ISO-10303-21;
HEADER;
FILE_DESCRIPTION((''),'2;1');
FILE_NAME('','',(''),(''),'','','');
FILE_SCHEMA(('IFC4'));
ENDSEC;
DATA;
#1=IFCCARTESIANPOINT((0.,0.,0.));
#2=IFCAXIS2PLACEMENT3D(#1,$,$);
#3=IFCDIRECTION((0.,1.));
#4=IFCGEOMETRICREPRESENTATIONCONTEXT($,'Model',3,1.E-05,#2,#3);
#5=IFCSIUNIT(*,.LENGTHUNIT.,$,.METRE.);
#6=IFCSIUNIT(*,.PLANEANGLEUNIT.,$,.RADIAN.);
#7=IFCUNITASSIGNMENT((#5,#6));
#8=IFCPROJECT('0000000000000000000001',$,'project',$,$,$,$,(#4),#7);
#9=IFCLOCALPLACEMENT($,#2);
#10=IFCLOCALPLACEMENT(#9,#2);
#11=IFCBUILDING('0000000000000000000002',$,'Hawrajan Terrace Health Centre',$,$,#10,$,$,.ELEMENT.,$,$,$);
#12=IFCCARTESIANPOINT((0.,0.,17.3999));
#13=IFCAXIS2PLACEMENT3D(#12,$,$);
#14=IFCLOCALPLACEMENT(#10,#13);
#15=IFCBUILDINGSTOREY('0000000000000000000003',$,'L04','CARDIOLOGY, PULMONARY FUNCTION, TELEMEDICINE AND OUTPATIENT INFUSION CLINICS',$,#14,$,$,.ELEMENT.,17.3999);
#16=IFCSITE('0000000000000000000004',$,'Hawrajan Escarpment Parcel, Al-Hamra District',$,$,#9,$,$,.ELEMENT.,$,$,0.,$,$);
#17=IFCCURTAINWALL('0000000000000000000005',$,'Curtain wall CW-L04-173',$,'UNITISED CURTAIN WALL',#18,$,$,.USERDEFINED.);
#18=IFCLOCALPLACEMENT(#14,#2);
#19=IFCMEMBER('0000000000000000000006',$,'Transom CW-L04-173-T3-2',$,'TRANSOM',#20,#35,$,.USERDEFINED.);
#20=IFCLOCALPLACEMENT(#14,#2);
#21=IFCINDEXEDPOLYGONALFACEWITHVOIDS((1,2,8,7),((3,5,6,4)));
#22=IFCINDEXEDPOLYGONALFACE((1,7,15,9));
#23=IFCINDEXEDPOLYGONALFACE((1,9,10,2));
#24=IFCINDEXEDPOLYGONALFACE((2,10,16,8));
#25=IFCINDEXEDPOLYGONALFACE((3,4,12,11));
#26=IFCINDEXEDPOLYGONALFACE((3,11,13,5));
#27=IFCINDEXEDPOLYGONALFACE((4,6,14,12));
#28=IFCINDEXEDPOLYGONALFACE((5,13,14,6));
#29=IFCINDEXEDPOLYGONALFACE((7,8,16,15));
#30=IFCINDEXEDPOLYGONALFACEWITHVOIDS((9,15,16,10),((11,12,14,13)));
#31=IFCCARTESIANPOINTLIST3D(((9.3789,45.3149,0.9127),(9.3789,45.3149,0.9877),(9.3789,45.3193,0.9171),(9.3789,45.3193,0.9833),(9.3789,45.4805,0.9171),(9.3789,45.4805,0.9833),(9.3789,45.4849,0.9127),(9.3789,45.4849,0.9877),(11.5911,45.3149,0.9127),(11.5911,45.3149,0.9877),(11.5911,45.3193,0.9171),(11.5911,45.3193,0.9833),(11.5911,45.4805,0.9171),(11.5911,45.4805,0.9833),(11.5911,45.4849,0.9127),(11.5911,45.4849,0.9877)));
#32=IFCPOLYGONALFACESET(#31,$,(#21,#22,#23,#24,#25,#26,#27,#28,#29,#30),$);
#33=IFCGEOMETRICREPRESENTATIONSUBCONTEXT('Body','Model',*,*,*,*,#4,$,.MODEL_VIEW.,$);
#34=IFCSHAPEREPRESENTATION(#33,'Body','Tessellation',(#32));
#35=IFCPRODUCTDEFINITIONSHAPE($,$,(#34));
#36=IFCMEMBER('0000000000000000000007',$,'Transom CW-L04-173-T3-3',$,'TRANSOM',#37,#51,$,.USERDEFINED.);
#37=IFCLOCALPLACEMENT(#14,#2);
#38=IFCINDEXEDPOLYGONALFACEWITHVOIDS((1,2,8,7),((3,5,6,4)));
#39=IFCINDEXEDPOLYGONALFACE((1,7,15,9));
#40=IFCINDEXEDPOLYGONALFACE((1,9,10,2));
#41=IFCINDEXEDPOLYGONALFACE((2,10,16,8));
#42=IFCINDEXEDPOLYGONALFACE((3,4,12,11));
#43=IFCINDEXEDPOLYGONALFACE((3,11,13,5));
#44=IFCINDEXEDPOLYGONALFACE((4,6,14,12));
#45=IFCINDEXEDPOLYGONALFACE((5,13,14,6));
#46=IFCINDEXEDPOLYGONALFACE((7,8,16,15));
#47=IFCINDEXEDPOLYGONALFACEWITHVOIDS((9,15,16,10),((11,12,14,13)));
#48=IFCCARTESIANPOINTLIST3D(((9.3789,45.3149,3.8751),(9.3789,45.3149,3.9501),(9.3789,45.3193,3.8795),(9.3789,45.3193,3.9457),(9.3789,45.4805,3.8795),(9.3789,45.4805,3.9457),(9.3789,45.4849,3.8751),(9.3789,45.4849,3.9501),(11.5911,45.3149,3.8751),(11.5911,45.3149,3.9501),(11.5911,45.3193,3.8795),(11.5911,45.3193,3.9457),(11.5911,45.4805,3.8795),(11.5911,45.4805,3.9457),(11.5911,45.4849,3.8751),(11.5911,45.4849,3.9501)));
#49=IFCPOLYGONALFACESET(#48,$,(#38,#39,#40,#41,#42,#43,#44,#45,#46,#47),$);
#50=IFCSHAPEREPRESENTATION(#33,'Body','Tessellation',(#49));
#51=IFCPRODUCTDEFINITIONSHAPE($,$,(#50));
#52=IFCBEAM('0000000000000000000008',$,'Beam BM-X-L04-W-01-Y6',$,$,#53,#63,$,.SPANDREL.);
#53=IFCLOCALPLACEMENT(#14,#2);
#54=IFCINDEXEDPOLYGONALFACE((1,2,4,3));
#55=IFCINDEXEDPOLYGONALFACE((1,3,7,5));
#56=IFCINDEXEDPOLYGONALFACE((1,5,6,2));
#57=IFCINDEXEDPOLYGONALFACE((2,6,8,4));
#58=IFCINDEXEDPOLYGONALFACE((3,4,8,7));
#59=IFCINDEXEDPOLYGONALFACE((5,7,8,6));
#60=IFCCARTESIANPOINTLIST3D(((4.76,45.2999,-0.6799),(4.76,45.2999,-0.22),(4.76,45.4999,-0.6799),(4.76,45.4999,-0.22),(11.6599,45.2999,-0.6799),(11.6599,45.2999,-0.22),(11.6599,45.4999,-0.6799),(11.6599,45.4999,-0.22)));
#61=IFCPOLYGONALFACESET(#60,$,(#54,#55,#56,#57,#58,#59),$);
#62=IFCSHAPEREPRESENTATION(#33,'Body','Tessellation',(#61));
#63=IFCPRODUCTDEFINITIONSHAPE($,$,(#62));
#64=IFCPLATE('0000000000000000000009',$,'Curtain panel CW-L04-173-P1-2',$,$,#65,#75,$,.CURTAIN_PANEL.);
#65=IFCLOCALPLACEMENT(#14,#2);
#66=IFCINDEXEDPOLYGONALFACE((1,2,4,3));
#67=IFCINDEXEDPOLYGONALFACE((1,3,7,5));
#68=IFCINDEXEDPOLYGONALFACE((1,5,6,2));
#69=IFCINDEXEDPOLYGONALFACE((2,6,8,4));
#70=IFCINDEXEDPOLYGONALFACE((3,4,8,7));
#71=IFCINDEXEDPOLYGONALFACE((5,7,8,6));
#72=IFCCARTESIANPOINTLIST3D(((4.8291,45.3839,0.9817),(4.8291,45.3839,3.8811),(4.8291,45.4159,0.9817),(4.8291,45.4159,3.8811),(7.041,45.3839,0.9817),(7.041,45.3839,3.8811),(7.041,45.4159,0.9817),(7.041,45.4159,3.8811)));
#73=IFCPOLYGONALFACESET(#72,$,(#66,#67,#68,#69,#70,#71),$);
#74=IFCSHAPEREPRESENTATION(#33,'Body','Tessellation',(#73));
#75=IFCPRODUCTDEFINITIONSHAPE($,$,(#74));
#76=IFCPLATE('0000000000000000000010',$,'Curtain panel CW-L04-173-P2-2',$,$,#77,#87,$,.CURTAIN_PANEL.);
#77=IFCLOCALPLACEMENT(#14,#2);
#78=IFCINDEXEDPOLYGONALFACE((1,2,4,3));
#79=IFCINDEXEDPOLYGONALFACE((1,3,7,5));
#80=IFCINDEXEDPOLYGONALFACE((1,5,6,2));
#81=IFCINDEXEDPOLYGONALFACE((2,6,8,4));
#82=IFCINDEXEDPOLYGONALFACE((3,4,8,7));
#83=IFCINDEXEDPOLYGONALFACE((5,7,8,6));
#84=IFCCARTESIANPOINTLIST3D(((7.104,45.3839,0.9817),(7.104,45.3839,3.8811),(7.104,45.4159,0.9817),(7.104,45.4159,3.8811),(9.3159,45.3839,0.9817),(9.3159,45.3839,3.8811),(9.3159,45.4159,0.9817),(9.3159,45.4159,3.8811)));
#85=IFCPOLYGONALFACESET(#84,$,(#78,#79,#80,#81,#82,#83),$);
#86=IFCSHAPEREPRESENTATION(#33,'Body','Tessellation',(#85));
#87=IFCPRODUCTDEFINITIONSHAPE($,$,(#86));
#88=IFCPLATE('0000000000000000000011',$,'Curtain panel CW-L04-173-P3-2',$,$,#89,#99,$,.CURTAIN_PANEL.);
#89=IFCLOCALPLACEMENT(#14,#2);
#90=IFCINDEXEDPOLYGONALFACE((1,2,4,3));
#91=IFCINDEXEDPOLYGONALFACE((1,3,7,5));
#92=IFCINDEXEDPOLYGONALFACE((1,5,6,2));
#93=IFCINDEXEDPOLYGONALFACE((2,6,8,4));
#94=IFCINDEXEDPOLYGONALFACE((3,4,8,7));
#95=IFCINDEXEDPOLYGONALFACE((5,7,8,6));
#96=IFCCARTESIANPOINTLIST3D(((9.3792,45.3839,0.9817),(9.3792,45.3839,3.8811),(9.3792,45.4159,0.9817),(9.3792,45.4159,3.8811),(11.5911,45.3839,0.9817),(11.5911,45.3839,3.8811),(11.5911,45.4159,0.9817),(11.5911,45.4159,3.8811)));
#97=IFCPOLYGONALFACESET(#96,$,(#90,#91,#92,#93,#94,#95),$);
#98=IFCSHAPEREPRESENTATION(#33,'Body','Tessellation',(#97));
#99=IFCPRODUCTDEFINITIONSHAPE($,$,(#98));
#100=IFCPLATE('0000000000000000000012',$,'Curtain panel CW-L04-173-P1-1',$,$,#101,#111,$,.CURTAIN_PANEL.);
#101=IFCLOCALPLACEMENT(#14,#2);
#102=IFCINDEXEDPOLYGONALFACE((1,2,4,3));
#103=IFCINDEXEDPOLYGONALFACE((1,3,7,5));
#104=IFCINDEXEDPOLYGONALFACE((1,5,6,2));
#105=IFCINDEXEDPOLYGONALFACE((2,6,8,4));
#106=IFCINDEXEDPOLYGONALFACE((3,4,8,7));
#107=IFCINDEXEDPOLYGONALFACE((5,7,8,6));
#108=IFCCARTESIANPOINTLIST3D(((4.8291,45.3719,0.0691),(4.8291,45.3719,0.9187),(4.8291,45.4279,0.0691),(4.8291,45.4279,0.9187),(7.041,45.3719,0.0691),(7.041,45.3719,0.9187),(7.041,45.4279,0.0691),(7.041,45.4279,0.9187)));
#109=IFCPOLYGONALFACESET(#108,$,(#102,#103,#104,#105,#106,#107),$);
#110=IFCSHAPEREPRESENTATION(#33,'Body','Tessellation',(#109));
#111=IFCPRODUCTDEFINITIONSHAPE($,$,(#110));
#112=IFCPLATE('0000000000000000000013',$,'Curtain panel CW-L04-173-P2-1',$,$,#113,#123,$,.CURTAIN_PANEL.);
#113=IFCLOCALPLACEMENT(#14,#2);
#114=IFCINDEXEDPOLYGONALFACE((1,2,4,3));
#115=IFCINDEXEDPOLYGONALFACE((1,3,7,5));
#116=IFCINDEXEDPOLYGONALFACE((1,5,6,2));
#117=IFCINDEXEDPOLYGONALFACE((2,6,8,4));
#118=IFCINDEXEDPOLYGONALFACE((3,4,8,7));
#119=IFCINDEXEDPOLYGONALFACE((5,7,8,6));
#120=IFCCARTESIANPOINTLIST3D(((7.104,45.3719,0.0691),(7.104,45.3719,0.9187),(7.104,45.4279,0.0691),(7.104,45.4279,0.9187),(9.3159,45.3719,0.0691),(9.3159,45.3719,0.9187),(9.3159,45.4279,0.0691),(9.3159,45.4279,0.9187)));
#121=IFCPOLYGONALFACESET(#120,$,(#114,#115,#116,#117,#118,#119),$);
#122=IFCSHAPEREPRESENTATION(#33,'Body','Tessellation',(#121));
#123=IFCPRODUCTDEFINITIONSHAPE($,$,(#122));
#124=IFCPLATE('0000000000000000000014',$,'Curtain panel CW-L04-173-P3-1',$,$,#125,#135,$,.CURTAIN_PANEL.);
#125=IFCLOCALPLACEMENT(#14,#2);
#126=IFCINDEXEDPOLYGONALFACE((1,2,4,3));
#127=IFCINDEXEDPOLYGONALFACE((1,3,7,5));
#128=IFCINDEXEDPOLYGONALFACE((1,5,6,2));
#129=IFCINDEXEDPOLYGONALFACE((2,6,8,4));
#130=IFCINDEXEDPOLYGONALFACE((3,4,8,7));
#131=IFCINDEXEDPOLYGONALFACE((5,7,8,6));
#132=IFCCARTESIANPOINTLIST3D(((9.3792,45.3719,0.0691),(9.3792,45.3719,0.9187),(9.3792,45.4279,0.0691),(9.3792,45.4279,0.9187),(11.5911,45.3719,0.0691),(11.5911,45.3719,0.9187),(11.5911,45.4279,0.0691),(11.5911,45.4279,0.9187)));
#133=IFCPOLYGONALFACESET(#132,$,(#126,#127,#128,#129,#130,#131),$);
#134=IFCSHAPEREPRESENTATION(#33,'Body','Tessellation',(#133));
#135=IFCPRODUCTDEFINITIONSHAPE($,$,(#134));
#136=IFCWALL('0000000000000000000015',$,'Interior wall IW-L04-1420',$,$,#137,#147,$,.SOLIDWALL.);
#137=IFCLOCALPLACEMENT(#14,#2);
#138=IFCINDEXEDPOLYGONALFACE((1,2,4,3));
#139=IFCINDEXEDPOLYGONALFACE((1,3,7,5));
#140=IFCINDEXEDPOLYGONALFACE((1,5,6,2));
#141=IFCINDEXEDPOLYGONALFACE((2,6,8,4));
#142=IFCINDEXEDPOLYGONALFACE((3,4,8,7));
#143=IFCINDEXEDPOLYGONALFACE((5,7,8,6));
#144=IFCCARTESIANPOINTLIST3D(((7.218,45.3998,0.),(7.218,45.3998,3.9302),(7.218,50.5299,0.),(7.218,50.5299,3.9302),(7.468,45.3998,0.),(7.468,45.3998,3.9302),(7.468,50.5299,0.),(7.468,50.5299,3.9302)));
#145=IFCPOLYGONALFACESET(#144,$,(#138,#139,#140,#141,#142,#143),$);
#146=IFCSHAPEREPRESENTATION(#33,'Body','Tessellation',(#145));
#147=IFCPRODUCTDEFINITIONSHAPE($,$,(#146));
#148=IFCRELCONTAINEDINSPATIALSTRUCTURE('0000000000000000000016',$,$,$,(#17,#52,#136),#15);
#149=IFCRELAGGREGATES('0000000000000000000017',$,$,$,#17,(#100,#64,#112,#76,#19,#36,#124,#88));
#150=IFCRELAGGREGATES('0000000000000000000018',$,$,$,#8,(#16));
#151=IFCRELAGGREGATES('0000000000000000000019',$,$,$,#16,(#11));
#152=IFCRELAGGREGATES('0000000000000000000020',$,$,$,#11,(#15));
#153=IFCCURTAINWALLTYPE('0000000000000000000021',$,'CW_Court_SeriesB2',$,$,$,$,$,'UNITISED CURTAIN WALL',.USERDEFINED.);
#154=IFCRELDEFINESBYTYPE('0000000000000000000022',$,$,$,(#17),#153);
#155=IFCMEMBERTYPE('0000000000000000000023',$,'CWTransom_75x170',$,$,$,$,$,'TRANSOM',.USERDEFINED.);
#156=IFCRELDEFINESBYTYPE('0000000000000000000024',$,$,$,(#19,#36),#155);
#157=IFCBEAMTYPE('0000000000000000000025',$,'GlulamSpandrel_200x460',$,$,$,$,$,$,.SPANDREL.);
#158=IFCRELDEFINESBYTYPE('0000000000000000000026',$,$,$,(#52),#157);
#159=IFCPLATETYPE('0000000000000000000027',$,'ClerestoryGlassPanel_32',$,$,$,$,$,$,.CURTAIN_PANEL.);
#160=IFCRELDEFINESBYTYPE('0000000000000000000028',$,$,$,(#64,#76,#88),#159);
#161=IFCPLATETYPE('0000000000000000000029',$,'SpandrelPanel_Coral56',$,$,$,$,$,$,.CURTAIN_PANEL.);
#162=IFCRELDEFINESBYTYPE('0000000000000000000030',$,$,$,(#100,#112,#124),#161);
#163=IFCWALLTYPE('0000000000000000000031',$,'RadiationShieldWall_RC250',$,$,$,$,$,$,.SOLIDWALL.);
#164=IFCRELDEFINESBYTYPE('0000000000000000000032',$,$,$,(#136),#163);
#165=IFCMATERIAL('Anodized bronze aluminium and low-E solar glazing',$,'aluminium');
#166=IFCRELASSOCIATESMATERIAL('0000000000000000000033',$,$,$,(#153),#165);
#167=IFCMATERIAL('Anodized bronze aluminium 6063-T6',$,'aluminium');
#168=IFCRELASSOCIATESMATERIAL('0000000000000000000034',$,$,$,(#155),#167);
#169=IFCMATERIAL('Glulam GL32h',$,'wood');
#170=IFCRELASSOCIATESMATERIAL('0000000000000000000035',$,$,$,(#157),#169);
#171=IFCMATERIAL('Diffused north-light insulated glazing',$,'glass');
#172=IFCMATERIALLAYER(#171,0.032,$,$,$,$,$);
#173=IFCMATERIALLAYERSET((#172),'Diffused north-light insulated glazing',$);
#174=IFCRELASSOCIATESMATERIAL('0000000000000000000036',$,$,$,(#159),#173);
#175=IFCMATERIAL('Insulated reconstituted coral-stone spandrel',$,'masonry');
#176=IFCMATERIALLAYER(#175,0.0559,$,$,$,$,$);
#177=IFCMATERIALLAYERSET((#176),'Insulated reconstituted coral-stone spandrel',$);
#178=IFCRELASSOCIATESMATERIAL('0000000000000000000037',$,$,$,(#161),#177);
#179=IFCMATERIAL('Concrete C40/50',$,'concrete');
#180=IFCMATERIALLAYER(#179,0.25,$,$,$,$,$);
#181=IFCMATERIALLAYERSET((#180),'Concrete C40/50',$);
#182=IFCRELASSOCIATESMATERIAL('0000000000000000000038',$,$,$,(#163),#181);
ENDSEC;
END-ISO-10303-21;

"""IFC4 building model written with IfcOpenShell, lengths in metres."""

from ifc_helpers import new_model, si_unit, direction, frame, frame_2d, origin, origin_2d, place, context, subcontext, project, spatial, rectangle, hollow_rectangle, extrude, material, layer, layer_set, material_profile, profile_set, type_object, element, aggregate, save


model = new_model("IFC4")

# Units and contexts
model_context = context("Model", 3, precision=1e-05, world=origin(), true_north=direction((0.0, 1.0)))
body_context = subcontext(model_context, "Body", "Model", "MODEL_VIEW")
ifc_project = project(units=[si_unit("LENGTHUNIT", "METRE"), si_unit("PLANEANGLEUNIT", "RADIAN")], contexts=[model_context])

# Site, building, storey
site_placement = place(None, origin())
site = spatial("IfcSite", under=ifc_project, at=site_placement, Name="Hawrajan Escarpment Parcel, Al-Hamra District", CompositionType="ELEMENT", RefElevation=0.0)
building_placement = place(site_placement, origin())
building = spatial("IfcBuilding", under=site, at=building_placement, Name="Hawrajan Terrace Health Centre", CompositionType="ELEMENT")
storey_placement = place(building_placement, frame((0.0, 0.0, 17.3999)))
storey = spatial("IfcBuildingStorey", under=building, at=storey_placement, Name="L04", Description="CARDIOLOGY, PULMONARY FUNCTION, TELEMEDICINE AND OUTPATIENT INFUSION CLINICS", CompositionType="ELEMENT", Elevation=17.3999)

# Shared definitions
ifc_material_1 = material(Name="Glulam GL32h", Category="wood")

# Curtain wall, members
ifc_material_2 = material(Name="Anodized bronze aluminium and low-E solar glazing", Category="aluminium")
curtain_wall_type = type_object("IfcCurtainWallType", Name="CW_Court_SeriesB2", ElementType="UNITISED CURTAIN WALL", PredefinedType="USERDEFINED", material=ifc_material_2)
curtain_wall_placement = place(storey_placement, origin())
curtain_wall = element("IfcCurtainWall", 1, at=curtain_wall_placement, inside=storey, type_object=curtain_wall_type, Name="Curtain wall CW-L04-173", ObjectType="UNITISED CURTAIN WALL", PredefinedType="USERDEFINED")
ifc_material_3 = material(Name="Anodized bronze aluminium 6063-T6", Category="aluminium")
ifc_material_profile_1 = material_profile(ifc_material_3, hollow_rectangle(XDim=0.075, YDim=0.1699, WallThickness=0.0044, at=origin_2d()), Name="CW TRN 75x170")
ifc_profile_set_1 = profile_set([ifc_material_profile_1], Name="Anodized bronze aluminium 6063-T6")
member_type_1 = type_object("IfcMemberType", Name="CWTransom_75x170", ElementType="TRANSOM", PredefinedType="USERDEFINED", material=ifc_profile_set_1)
member_1_placement = place(storey_placement, frame((9.3789, 45.3999, 0.9502), z_axis=(1.0, 0.0, 0.0), x_axis=(0.0, 0.0, 1.0)))
member_1 = element("IfcMember", 2, at=member_1_placement, type_object=member_type_1, Name="Transom CW-L04-173-T3-2", ObjectType="TRANSOM", PredefinedType="USERDEFINED", context=body_context, shape_type="SweptSolid", body=[
    extrude(hollow_rectangle(XDim=0.075, YDim=0.1699, WallThickness=0.0044, at=origin_2d()), origin(), (0.0, 0.0, 1.0), 2.2122),
])
member_2_placement = place(storey_placement, frame((9.3789, 45.3999, 3.9126), z_axis=(1.0, 0.0, 0.0), x_axis=(0.0, 0.0, 1.0)))
member_2 = element("IfcMember", 3, at=member_2_placement, type_object=member_type_1, Name="Transom CW-L04-173-T3-3", ObjectType="TRANSOM", PredefinedType="USERDEFINED", context=body_context, shape_type="SweptSolid", body=[
    extrude(hollow_rectangle(XDim=0.075, YDim=0.1699, WallThickness=0.0044, at=origin_2d()), origin(), (0.0, 0.0, 1.0), 2.2122),
])

# Beam
ifc_material_profile_2 = material_profile(ifc_material_1, rectangle(XDim=0.2, YDim=0.46, at=origin_2d()), Name="GL SP 200x460")
ifc_profile_set_2 = profile_set([ifc_material_profile_2], Name="Glulam GL32h")
beam_type = type_object("IfcBeamType", Name="GlulamSpandrel_200x460", PredefinedType="SPANDREL", material=ifc_profile_set_2)
beam_placement = place(storey_placement, frame((4.76, 45.3999, -0.45), z_axis=(1.0, 0.0, 0.0), x_axis=(0.0, 1.0, 0.0)))
element("IfcBeam", 4, at=beam_placement, inside=storey, type_object=beam_type, Name="Beam BM-X-L04-W-01-Y6", PredefinedType="SPANDREL", context=body_context, shape_type="SweptSolid", body=[
    extrude(rectangle(XDim=0.2, YDim=0.46, at=origin_2d()), origin(), (0.0, 0.0, 1.0), 6.8999),
])

# Plates
ifc_material_4 = material(Name="Diffused north-light insulated glazing", Category="glass")
ifc_layer_1 = layer(ifc_material_4, 0.032)
ifc_layer_set_1 = layer_set([ifc_layer_1], Name="Diffused north-light insulated glazing")
plate_type_1 = type_object("IfcPlateType", Name="ClerestoryGlassPanel_32", PredefinedType="CURTAIN_PANEL", material=ifc_layer_set_1)
plate_1_placement = place(storey_placement, frame((5.9351, 45.3999, 0.9817), z_axis=(0.0, 0.0, 1.0), x_axis=(1.0, 0.0, 0.0)))
plate_1 = element("IfcPlate", 5, at=plate_1_placement, type_object=plate_type_1, Name="Curtain panel CW-L04-173-P1-2", PredefinedType="CURTAIN_PANEL", context=body_context, shape_type="SweptSolid", body=[
    extrude(rectangle(XDim=2.2119, YDim=0.032, at=origin_2d()), origin(), (0.0, 0.0, 1.0), 2.8994),
])
plate_2_placement = place(storey_placement, frame((8.21, 45.3999, 0.9817), z_axis=(0.0, 0.0, 1.0), x_axis=(1.0, 0.0, 0.0)))
plate_2 = element("IfcPlate", 6, at=plate_2_placement, type_object=plate_type_1, Name="Curtain panel CW-L04-173-P2-2", PredefinedType="CURTAIN_PANEL", context=body_context, shape_type="SweptSolid", body=[
    extrude(rectangle(XDim=2.2119, YDim=0.032, at=origin_2d()), origin(), (0.0, 0.0, 1.0), 2.8994),
])
plate_3_placement = place(storey_placement, frame((10.4851, 45.3999, 0.9817), z_axis=(0.0, 0.0, 1.0), x_axis=(1.0, 0.0, 0.0)))
plate_3 = element("IfcPlate", 7, at=plate_3_placement, type_object=plate_type_1, Name="Curtain panel CW-L04-173-P3-2", PredefinedType="CURTAIN_PANEL", context=body_context, shape_type="SweptSolid", body=[
    extrude(rectangle(XDim=2.2119, YDim=0.032, at=origin_2d()), origin(), (0.0, 0.0, 1.0), 2.8994),
])
ifc_material_5 = material(Name="Insulated reconstituted coral-stone spandrel", Category="masonry")
ifc_layer_2 = layer(ifc_material_5, 0.0559)
ifc_layer_set_2 = layer_set([ifc_layer_2], Name="Insulated reconstituted coral-stone spandrel")
plate_type_2 = type_object("IfcPlateType", Name="SpandrelPanel_Coral56", PredefinedType="CURTAIN_PANEL", material=ifc_layer_set_2)
plate_4_placement = place(storey_placement, frame((5.9351, 45.3999, 0.0691), z_axis=(0.0, 0.0, 1.0), x_axis=(1.0, 0.0, 0.0)))
plate_4 = element("IfcPlate", 8, at=plate_4_placement, type_object=plate_type_2, Name="Curtain panel CW-L04-173-P1-1", PredefinedType="CURTAIN_PANEL", context=body_context, shape_type="SweptSolid", body=[
    extrude(rectangle(XDim=2.2119, YDim=0.0559, at=origin_2d()), origin(), (0.0, 0.0, 1.0), 0.8496),
])
plate_5_placement = place(storey_placement, frame((8.21, 45.3999, 0.0691), z_axis=(0.0, 0.0, 1.0), x_axis=(1.0, 0.0, 0.0)))
plate_5 = element("IfcPlate", 9, at=plate_5_placement, type_object=plate_type_2, Name="Curtain panel CW-L04-173-P2-1", PredefinedType="CURTAIN_PANEL", context=body_context, shape_type="SweptSolid", body=[
    extrude(rectangle(XDim=2.2119, YDim=0.0559, at=origin_2d()), origin(), (0.0, 0.0, 1.0), 0.8496),
])
plate_6_placement = place(storey_placement, frame((10.4851, 45.3999, 0.0691), z_axis=(0.0, 0.0, 1.0), x_axis=(1.0, 0.0, 0.0)))
plate_6 = element("IfcPlate", 10, at=plate_6_placement, type_object=plate_type_2, Name="Curtain panel CW-L04-173-P3-1", PredefinedType="CURTAIN_PANEL", context=body_context, shape_type="SweptSolid", body=[
    extrude(rectangle(XDim=2.2119, YDim=0.0559, at=origin_2d()), origin(), (0.0, 0.0, 1.0), 0.8496),
])
aggregate(curtain_wall, [plate_4, plate_1, plate_5, plate_2, member_1, member_2, plate_6, plate_3])

# Wall
ifc_material_6 = material(Name="Concrete C40/50", Category="concrete")
ifc_layer_3 = layer(ifc_material_6, 0.25)
ifc_layer_set_3 = layer_set([ifc_layer_3], Name="Concrete C40/50")
wall_type = type_object("IfcWallType", Name="RadiationShieldWall_RC250", PredefinedType="SOLIDWALL", material=ifc_layer_set_3)
wall_placement = place(storey_placement, frame((7.343, 45.3999, 0.0), z_axis=(0.0, 0.0, 1.0), x_axis=(0.0, 1.0, 0.0)))
element("IfcWall", 11, at=wall_placement, inside=storey, type_object=wall_type, Name="Interior wall IW-L04-1420", PredefinedType="SOLIDWALL", context=body_context, shape_type="SweptSolid", body=[
    extrude(rectangle(XDim=5.1301, YDim=0.25, at=frame_2d((2.5649, 0.0))), origin(), (0.0, 0.0, 1.0), 3.9302),
])

save(model, "model.ifc")
